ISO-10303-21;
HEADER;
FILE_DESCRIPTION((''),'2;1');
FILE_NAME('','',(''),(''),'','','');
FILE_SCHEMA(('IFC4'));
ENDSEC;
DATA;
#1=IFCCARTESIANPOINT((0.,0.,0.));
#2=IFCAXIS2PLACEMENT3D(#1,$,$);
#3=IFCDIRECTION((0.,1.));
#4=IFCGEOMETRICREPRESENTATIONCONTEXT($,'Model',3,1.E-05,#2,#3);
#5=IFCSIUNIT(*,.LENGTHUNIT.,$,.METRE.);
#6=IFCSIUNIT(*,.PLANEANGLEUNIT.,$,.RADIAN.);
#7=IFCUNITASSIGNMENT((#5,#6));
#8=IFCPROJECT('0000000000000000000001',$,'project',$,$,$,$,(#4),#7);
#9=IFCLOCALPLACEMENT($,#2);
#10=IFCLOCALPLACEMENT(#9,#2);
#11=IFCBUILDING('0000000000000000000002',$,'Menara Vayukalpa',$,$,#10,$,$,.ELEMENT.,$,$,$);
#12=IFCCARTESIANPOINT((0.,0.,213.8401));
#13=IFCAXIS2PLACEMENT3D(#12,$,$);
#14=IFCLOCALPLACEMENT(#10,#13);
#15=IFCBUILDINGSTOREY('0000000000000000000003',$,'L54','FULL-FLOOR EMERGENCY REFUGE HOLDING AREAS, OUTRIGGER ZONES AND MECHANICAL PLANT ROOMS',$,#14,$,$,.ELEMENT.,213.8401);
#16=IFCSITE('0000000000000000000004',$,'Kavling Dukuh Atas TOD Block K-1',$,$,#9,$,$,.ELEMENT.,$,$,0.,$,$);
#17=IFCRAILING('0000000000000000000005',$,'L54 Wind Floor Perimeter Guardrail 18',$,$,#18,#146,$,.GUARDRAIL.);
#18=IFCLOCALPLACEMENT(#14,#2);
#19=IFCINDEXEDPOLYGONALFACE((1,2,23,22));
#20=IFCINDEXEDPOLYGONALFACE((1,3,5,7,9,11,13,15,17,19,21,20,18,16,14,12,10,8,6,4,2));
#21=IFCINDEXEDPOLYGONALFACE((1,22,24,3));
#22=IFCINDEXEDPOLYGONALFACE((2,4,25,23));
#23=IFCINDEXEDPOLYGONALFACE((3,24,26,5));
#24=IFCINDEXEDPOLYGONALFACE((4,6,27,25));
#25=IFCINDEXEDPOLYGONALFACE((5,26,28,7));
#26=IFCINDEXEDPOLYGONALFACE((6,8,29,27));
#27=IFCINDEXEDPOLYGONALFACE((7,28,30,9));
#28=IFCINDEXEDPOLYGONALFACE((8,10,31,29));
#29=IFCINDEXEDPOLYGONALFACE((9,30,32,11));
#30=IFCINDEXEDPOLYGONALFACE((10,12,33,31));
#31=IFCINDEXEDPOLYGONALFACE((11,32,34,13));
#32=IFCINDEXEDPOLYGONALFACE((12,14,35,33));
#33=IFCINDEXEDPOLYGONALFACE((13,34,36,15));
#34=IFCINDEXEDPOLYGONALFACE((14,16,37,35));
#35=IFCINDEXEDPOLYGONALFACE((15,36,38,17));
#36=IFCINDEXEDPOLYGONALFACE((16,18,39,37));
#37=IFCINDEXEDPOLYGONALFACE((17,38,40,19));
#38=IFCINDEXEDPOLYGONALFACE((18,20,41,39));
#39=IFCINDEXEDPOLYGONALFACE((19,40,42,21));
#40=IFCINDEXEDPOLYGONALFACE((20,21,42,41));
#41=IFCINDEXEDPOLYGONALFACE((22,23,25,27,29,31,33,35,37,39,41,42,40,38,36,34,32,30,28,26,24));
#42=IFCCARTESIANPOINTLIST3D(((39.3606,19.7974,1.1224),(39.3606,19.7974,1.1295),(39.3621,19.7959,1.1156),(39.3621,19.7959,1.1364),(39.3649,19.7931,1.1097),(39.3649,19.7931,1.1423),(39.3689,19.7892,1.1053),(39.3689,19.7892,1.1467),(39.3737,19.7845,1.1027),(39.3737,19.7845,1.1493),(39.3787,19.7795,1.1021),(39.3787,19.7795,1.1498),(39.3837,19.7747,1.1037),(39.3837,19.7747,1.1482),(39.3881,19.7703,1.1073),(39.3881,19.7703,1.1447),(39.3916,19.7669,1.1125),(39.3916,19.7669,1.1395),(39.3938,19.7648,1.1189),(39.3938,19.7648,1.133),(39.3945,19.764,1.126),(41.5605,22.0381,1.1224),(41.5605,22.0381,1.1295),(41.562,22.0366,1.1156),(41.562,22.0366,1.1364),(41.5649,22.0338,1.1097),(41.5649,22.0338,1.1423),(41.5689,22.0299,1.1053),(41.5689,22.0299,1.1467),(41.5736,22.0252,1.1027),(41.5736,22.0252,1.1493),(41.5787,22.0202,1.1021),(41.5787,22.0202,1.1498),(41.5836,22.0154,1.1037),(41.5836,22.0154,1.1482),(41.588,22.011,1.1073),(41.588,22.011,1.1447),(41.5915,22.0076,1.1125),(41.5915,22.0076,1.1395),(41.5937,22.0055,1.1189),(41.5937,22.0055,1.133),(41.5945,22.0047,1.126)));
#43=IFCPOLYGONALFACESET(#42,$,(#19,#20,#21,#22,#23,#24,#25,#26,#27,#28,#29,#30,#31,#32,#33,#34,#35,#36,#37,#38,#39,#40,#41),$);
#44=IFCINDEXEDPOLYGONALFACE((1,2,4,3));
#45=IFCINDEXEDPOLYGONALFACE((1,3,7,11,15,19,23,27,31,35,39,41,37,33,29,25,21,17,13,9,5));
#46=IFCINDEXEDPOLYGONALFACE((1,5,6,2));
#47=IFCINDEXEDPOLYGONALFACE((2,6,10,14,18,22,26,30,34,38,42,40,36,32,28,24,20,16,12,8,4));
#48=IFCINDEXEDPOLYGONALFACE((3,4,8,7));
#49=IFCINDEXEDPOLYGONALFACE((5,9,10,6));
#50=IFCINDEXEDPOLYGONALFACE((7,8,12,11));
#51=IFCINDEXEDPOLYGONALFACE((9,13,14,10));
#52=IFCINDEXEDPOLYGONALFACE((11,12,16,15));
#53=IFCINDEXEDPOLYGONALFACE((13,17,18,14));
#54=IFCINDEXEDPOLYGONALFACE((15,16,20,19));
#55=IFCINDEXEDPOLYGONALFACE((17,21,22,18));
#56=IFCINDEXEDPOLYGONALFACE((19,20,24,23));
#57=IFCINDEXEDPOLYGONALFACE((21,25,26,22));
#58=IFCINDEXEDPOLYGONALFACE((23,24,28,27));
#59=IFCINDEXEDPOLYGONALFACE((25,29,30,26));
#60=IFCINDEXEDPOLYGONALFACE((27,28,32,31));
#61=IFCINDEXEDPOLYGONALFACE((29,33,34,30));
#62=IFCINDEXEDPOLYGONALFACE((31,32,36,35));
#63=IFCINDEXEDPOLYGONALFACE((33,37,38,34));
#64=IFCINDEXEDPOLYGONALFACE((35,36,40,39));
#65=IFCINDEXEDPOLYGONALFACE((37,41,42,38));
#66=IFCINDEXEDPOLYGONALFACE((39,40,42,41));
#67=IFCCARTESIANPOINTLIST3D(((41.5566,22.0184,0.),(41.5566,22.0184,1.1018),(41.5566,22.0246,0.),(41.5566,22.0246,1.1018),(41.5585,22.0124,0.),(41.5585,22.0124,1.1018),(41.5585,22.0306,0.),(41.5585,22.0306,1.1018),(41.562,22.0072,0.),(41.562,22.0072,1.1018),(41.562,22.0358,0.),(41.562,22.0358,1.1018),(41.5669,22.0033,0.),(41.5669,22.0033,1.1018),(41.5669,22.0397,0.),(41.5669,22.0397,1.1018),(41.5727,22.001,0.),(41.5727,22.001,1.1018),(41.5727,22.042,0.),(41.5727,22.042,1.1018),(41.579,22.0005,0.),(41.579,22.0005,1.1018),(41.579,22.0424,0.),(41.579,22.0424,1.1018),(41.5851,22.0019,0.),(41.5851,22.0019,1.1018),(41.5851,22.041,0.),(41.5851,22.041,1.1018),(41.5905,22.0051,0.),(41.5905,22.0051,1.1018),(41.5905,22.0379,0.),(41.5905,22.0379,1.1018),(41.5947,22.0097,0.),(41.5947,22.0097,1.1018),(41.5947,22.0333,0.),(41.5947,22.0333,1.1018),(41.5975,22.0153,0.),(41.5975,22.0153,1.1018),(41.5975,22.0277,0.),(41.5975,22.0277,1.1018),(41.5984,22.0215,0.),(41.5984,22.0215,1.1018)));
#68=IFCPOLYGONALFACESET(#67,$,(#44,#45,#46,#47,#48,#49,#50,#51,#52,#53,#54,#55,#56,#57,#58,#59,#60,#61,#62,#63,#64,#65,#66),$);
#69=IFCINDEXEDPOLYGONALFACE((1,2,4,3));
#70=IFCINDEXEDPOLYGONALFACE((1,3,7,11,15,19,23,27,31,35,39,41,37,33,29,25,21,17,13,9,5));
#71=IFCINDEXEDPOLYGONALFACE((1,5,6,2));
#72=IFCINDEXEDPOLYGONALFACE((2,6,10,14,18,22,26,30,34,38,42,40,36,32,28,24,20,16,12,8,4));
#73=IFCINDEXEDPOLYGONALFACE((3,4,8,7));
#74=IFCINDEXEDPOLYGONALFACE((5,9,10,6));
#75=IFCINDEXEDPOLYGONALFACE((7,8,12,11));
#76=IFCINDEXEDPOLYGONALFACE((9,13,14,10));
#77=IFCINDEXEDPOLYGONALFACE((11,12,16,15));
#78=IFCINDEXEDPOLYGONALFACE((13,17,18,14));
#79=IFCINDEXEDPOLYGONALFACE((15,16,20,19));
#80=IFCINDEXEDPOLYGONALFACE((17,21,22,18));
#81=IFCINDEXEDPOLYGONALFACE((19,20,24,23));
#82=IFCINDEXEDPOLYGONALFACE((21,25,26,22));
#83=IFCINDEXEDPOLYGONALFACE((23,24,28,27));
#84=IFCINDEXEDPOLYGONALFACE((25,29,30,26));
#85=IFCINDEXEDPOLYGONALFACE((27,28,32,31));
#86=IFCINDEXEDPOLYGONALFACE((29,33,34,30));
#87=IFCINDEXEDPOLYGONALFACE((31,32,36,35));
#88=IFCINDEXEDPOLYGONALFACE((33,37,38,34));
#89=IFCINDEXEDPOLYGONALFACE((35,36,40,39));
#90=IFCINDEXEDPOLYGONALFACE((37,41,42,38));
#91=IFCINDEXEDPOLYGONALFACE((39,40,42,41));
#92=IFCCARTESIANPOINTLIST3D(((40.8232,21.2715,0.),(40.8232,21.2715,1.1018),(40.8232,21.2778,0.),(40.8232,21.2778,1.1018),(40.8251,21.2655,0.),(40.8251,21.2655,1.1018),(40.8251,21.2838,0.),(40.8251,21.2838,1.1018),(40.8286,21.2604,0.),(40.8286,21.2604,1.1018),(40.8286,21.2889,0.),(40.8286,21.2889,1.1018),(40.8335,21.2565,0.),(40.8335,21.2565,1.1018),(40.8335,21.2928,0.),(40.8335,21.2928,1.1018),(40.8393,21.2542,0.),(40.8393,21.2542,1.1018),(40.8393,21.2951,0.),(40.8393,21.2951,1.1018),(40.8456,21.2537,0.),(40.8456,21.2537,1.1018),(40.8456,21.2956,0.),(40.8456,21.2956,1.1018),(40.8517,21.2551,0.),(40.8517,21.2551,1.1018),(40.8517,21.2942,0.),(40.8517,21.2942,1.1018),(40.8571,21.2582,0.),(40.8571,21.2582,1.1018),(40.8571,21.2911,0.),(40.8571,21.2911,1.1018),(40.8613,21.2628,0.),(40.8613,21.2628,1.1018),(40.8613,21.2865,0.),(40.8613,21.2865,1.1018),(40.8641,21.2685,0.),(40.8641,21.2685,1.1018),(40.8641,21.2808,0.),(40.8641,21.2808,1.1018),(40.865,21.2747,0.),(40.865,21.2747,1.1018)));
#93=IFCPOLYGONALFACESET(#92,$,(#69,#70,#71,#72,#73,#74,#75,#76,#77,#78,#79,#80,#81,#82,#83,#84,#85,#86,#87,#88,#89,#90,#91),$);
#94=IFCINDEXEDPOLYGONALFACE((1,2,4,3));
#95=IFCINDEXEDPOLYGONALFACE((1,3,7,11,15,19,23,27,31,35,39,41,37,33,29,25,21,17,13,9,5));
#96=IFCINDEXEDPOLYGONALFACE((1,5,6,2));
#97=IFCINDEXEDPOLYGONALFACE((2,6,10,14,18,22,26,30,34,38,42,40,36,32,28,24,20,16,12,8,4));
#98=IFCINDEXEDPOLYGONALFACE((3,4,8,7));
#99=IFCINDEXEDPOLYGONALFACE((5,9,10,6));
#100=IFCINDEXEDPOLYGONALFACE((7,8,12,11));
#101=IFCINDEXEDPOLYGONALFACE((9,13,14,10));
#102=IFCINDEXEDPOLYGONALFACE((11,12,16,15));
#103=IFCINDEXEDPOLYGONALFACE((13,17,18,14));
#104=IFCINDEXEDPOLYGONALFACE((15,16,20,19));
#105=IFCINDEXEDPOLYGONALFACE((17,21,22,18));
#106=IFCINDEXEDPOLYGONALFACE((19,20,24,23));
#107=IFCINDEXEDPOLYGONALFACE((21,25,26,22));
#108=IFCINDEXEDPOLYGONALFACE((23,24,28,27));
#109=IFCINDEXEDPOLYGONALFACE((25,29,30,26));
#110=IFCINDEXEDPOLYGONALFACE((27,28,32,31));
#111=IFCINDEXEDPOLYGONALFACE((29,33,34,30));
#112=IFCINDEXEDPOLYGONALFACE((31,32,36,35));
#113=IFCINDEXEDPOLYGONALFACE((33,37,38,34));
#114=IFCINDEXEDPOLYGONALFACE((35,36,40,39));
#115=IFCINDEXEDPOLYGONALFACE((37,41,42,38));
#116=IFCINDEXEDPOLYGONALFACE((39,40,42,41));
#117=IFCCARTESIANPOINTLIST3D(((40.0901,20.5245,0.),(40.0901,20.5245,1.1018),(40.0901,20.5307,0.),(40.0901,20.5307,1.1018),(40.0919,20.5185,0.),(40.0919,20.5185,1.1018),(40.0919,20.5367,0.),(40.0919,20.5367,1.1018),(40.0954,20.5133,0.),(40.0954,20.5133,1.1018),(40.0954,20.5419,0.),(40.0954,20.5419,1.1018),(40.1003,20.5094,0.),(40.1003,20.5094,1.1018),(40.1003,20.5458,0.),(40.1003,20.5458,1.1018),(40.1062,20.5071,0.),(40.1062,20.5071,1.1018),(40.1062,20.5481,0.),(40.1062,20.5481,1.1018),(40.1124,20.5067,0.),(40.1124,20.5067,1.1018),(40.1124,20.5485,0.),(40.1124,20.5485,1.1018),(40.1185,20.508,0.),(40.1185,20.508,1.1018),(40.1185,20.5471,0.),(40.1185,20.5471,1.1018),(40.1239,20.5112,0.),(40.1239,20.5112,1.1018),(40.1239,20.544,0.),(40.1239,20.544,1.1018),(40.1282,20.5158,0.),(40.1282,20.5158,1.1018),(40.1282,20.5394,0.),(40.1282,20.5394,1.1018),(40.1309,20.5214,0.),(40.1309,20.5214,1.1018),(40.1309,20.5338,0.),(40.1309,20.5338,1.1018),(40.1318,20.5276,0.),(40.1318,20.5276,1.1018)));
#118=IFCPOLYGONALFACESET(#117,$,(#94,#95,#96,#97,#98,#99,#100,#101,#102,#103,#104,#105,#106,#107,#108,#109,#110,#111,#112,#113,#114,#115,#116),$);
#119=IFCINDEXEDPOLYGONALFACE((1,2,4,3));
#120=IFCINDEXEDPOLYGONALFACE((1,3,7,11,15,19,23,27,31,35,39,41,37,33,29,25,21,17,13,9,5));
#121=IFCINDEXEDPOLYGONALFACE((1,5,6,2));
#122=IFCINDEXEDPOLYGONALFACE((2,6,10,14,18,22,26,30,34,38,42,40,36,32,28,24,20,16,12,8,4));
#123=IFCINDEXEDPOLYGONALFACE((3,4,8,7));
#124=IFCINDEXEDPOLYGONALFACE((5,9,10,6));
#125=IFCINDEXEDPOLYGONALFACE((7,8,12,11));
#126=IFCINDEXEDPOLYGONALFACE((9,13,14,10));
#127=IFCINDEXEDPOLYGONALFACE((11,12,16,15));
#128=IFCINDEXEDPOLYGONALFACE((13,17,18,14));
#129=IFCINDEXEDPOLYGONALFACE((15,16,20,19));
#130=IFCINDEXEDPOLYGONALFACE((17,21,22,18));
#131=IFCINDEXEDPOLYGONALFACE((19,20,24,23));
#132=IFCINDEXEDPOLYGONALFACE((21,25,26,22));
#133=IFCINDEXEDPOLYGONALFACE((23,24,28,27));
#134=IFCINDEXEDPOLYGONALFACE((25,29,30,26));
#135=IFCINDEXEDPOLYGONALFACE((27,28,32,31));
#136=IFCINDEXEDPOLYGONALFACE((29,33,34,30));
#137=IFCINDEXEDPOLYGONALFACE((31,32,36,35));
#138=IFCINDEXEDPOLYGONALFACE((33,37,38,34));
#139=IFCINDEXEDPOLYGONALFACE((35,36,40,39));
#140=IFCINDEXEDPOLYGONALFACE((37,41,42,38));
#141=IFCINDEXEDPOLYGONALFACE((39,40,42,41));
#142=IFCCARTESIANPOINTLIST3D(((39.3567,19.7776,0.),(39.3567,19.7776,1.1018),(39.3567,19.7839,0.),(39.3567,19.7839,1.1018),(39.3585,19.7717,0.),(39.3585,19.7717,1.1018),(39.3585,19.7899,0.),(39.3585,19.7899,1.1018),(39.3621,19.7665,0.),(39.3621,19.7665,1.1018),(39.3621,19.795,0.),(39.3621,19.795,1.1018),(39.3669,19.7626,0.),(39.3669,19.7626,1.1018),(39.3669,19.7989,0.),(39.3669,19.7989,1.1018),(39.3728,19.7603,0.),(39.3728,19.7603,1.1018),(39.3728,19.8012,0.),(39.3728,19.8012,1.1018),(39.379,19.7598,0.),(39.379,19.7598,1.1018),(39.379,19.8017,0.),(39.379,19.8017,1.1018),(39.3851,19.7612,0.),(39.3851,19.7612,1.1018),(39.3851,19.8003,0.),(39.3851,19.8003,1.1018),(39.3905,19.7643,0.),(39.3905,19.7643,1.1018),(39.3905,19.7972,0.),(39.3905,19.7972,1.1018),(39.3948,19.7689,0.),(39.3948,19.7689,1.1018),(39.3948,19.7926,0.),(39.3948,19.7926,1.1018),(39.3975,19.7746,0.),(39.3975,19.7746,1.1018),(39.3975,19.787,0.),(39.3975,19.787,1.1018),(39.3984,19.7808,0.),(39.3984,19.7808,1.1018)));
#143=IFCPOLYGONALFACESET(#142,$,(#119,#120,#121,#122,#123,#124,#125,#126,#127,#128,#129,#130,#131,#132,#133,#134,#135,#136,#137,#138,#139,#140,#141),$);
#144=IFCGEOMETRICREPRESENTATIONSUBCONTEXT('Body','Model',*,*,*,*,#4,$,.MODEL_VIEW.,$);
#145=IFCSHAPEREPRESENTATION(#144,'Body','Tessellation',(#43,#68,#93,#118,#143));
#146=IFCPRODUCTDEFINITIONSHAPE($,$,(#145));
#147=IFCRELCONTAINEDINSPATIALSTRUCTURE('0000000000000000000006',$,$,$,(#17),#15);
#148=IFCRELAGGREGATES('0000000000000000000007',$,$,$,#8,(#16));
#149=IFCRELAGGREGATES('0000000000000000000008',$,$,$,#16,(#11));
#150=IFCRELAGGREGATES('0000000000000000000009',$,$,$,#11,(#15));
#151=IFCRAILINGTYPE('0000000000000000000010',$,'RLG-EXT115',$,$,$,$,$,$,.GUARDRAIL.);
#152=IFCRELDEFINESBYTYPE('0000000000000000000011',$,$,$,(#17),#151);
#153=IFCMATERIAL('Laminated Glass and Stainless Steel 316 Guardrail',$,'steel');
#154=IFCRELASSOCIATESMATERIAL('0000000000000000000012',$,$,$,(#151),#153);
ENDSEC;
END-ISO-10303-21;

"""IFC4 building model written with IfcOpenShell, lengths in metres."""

from ifc_helpers import new_model, si_unit, direction, frame, origin, origin_2d, place, context, subcontext, project, spatial, circle, extrude, material, type_object, element, save


model = new_model("IFC4")

# Units and contexts
model_context = context("Model", 3, precision=1e-05, world=origin(), true_north=direction((0.0, 1.0)))
body_context = subcontext(model_context, "Body", "Model", "MODEL_VIEW")
ifc_project = project(units=[si_unit("LENGTHUNIT", "METRE"), si_unit("PLANEANGLEUNIT", "RADIAN")], contexts=[model_context])

# Site, building, storey
site_placement = place(None, origin())
site = spatial("IfcSite", under=ifc_project, at=site_placement, Name="Kavling Dukuh Atas TOD Block K-1", CompositionType="ELEMENT", RefElevation=0.0)
building_placement = place(site_placement, origin())
building = spatial("IfcBuilding", under=site, at=building_placement, Name="Menara Vayukalpa", CompositionType="ELEMENT")
storey_placement = place(building_placement, frame((0.0, 0.0, 213.8401)))
storey = spatial("IfcBuildingStorey", under=building, at=storey_placement, Name="L54", Description="FULL-FLOOR EMERGENCY REFUGE HOLDING AREAS, OUTRIGGER ZONES AND MECHANICAL PLANT ROOMS", CompositionType="ELEMENT", Elevation=213.8401)

# Railing
ifc_material_1 = material(Name="Laminated Glass and Stainless Steel 316 Guardrail", Category="steel")
railing_type_1 = type_object("IfcRailingType", Name="RLG-EXT115", PredefinedType="GUARDRAIL", material=ifc_material_1)
railing_1_placement = place(storey_placement, frame((41.5774, 22.0215, 0.0)))
element("IfcRailing", 1, at=railing_1_placement, inside=storey, type_object=railing_type_1, Name="L54 Wind Floor Perimeter Guardrail 18", PredefinedType="GUARDRAIL", context=body_context, shape_type="SweptSolid", body=[
    extrude(circle(Radius=0.0239, at=origin_2d()), frame((0.0, 0.0, 1.126), z_axis=(-0.700585, -0.713569, 0.0), x_axis=(0.713569, -0.700585, 0.0)), (0.0, 0.0, 1.0), 3.1401),
    extrude(circle(Radius=0.021, at=origin_2d()), origin(), (0.0, 0.0, 1.0), 1.1018),
    extrude(circle(Radius=0.021, at=origin_2d()), frame((-0.7334, -0.7468, 0.0)), (0.0, 0.0, 1.0), 1.1018),
    extrude(circle(Radius=0.021, at=origin_2d()), frame((-1.4666, -1.4939, 0.0)), (0.0, 0.0, 1.0), 1.1018),
    extrude(circle(Radius=0.021, at=origin_2d()), frame((-2.2, -2.2407, 0.0)), (0.0, 0.0, 1.0), 1.1018),
])

save(model, "model.ifc")
